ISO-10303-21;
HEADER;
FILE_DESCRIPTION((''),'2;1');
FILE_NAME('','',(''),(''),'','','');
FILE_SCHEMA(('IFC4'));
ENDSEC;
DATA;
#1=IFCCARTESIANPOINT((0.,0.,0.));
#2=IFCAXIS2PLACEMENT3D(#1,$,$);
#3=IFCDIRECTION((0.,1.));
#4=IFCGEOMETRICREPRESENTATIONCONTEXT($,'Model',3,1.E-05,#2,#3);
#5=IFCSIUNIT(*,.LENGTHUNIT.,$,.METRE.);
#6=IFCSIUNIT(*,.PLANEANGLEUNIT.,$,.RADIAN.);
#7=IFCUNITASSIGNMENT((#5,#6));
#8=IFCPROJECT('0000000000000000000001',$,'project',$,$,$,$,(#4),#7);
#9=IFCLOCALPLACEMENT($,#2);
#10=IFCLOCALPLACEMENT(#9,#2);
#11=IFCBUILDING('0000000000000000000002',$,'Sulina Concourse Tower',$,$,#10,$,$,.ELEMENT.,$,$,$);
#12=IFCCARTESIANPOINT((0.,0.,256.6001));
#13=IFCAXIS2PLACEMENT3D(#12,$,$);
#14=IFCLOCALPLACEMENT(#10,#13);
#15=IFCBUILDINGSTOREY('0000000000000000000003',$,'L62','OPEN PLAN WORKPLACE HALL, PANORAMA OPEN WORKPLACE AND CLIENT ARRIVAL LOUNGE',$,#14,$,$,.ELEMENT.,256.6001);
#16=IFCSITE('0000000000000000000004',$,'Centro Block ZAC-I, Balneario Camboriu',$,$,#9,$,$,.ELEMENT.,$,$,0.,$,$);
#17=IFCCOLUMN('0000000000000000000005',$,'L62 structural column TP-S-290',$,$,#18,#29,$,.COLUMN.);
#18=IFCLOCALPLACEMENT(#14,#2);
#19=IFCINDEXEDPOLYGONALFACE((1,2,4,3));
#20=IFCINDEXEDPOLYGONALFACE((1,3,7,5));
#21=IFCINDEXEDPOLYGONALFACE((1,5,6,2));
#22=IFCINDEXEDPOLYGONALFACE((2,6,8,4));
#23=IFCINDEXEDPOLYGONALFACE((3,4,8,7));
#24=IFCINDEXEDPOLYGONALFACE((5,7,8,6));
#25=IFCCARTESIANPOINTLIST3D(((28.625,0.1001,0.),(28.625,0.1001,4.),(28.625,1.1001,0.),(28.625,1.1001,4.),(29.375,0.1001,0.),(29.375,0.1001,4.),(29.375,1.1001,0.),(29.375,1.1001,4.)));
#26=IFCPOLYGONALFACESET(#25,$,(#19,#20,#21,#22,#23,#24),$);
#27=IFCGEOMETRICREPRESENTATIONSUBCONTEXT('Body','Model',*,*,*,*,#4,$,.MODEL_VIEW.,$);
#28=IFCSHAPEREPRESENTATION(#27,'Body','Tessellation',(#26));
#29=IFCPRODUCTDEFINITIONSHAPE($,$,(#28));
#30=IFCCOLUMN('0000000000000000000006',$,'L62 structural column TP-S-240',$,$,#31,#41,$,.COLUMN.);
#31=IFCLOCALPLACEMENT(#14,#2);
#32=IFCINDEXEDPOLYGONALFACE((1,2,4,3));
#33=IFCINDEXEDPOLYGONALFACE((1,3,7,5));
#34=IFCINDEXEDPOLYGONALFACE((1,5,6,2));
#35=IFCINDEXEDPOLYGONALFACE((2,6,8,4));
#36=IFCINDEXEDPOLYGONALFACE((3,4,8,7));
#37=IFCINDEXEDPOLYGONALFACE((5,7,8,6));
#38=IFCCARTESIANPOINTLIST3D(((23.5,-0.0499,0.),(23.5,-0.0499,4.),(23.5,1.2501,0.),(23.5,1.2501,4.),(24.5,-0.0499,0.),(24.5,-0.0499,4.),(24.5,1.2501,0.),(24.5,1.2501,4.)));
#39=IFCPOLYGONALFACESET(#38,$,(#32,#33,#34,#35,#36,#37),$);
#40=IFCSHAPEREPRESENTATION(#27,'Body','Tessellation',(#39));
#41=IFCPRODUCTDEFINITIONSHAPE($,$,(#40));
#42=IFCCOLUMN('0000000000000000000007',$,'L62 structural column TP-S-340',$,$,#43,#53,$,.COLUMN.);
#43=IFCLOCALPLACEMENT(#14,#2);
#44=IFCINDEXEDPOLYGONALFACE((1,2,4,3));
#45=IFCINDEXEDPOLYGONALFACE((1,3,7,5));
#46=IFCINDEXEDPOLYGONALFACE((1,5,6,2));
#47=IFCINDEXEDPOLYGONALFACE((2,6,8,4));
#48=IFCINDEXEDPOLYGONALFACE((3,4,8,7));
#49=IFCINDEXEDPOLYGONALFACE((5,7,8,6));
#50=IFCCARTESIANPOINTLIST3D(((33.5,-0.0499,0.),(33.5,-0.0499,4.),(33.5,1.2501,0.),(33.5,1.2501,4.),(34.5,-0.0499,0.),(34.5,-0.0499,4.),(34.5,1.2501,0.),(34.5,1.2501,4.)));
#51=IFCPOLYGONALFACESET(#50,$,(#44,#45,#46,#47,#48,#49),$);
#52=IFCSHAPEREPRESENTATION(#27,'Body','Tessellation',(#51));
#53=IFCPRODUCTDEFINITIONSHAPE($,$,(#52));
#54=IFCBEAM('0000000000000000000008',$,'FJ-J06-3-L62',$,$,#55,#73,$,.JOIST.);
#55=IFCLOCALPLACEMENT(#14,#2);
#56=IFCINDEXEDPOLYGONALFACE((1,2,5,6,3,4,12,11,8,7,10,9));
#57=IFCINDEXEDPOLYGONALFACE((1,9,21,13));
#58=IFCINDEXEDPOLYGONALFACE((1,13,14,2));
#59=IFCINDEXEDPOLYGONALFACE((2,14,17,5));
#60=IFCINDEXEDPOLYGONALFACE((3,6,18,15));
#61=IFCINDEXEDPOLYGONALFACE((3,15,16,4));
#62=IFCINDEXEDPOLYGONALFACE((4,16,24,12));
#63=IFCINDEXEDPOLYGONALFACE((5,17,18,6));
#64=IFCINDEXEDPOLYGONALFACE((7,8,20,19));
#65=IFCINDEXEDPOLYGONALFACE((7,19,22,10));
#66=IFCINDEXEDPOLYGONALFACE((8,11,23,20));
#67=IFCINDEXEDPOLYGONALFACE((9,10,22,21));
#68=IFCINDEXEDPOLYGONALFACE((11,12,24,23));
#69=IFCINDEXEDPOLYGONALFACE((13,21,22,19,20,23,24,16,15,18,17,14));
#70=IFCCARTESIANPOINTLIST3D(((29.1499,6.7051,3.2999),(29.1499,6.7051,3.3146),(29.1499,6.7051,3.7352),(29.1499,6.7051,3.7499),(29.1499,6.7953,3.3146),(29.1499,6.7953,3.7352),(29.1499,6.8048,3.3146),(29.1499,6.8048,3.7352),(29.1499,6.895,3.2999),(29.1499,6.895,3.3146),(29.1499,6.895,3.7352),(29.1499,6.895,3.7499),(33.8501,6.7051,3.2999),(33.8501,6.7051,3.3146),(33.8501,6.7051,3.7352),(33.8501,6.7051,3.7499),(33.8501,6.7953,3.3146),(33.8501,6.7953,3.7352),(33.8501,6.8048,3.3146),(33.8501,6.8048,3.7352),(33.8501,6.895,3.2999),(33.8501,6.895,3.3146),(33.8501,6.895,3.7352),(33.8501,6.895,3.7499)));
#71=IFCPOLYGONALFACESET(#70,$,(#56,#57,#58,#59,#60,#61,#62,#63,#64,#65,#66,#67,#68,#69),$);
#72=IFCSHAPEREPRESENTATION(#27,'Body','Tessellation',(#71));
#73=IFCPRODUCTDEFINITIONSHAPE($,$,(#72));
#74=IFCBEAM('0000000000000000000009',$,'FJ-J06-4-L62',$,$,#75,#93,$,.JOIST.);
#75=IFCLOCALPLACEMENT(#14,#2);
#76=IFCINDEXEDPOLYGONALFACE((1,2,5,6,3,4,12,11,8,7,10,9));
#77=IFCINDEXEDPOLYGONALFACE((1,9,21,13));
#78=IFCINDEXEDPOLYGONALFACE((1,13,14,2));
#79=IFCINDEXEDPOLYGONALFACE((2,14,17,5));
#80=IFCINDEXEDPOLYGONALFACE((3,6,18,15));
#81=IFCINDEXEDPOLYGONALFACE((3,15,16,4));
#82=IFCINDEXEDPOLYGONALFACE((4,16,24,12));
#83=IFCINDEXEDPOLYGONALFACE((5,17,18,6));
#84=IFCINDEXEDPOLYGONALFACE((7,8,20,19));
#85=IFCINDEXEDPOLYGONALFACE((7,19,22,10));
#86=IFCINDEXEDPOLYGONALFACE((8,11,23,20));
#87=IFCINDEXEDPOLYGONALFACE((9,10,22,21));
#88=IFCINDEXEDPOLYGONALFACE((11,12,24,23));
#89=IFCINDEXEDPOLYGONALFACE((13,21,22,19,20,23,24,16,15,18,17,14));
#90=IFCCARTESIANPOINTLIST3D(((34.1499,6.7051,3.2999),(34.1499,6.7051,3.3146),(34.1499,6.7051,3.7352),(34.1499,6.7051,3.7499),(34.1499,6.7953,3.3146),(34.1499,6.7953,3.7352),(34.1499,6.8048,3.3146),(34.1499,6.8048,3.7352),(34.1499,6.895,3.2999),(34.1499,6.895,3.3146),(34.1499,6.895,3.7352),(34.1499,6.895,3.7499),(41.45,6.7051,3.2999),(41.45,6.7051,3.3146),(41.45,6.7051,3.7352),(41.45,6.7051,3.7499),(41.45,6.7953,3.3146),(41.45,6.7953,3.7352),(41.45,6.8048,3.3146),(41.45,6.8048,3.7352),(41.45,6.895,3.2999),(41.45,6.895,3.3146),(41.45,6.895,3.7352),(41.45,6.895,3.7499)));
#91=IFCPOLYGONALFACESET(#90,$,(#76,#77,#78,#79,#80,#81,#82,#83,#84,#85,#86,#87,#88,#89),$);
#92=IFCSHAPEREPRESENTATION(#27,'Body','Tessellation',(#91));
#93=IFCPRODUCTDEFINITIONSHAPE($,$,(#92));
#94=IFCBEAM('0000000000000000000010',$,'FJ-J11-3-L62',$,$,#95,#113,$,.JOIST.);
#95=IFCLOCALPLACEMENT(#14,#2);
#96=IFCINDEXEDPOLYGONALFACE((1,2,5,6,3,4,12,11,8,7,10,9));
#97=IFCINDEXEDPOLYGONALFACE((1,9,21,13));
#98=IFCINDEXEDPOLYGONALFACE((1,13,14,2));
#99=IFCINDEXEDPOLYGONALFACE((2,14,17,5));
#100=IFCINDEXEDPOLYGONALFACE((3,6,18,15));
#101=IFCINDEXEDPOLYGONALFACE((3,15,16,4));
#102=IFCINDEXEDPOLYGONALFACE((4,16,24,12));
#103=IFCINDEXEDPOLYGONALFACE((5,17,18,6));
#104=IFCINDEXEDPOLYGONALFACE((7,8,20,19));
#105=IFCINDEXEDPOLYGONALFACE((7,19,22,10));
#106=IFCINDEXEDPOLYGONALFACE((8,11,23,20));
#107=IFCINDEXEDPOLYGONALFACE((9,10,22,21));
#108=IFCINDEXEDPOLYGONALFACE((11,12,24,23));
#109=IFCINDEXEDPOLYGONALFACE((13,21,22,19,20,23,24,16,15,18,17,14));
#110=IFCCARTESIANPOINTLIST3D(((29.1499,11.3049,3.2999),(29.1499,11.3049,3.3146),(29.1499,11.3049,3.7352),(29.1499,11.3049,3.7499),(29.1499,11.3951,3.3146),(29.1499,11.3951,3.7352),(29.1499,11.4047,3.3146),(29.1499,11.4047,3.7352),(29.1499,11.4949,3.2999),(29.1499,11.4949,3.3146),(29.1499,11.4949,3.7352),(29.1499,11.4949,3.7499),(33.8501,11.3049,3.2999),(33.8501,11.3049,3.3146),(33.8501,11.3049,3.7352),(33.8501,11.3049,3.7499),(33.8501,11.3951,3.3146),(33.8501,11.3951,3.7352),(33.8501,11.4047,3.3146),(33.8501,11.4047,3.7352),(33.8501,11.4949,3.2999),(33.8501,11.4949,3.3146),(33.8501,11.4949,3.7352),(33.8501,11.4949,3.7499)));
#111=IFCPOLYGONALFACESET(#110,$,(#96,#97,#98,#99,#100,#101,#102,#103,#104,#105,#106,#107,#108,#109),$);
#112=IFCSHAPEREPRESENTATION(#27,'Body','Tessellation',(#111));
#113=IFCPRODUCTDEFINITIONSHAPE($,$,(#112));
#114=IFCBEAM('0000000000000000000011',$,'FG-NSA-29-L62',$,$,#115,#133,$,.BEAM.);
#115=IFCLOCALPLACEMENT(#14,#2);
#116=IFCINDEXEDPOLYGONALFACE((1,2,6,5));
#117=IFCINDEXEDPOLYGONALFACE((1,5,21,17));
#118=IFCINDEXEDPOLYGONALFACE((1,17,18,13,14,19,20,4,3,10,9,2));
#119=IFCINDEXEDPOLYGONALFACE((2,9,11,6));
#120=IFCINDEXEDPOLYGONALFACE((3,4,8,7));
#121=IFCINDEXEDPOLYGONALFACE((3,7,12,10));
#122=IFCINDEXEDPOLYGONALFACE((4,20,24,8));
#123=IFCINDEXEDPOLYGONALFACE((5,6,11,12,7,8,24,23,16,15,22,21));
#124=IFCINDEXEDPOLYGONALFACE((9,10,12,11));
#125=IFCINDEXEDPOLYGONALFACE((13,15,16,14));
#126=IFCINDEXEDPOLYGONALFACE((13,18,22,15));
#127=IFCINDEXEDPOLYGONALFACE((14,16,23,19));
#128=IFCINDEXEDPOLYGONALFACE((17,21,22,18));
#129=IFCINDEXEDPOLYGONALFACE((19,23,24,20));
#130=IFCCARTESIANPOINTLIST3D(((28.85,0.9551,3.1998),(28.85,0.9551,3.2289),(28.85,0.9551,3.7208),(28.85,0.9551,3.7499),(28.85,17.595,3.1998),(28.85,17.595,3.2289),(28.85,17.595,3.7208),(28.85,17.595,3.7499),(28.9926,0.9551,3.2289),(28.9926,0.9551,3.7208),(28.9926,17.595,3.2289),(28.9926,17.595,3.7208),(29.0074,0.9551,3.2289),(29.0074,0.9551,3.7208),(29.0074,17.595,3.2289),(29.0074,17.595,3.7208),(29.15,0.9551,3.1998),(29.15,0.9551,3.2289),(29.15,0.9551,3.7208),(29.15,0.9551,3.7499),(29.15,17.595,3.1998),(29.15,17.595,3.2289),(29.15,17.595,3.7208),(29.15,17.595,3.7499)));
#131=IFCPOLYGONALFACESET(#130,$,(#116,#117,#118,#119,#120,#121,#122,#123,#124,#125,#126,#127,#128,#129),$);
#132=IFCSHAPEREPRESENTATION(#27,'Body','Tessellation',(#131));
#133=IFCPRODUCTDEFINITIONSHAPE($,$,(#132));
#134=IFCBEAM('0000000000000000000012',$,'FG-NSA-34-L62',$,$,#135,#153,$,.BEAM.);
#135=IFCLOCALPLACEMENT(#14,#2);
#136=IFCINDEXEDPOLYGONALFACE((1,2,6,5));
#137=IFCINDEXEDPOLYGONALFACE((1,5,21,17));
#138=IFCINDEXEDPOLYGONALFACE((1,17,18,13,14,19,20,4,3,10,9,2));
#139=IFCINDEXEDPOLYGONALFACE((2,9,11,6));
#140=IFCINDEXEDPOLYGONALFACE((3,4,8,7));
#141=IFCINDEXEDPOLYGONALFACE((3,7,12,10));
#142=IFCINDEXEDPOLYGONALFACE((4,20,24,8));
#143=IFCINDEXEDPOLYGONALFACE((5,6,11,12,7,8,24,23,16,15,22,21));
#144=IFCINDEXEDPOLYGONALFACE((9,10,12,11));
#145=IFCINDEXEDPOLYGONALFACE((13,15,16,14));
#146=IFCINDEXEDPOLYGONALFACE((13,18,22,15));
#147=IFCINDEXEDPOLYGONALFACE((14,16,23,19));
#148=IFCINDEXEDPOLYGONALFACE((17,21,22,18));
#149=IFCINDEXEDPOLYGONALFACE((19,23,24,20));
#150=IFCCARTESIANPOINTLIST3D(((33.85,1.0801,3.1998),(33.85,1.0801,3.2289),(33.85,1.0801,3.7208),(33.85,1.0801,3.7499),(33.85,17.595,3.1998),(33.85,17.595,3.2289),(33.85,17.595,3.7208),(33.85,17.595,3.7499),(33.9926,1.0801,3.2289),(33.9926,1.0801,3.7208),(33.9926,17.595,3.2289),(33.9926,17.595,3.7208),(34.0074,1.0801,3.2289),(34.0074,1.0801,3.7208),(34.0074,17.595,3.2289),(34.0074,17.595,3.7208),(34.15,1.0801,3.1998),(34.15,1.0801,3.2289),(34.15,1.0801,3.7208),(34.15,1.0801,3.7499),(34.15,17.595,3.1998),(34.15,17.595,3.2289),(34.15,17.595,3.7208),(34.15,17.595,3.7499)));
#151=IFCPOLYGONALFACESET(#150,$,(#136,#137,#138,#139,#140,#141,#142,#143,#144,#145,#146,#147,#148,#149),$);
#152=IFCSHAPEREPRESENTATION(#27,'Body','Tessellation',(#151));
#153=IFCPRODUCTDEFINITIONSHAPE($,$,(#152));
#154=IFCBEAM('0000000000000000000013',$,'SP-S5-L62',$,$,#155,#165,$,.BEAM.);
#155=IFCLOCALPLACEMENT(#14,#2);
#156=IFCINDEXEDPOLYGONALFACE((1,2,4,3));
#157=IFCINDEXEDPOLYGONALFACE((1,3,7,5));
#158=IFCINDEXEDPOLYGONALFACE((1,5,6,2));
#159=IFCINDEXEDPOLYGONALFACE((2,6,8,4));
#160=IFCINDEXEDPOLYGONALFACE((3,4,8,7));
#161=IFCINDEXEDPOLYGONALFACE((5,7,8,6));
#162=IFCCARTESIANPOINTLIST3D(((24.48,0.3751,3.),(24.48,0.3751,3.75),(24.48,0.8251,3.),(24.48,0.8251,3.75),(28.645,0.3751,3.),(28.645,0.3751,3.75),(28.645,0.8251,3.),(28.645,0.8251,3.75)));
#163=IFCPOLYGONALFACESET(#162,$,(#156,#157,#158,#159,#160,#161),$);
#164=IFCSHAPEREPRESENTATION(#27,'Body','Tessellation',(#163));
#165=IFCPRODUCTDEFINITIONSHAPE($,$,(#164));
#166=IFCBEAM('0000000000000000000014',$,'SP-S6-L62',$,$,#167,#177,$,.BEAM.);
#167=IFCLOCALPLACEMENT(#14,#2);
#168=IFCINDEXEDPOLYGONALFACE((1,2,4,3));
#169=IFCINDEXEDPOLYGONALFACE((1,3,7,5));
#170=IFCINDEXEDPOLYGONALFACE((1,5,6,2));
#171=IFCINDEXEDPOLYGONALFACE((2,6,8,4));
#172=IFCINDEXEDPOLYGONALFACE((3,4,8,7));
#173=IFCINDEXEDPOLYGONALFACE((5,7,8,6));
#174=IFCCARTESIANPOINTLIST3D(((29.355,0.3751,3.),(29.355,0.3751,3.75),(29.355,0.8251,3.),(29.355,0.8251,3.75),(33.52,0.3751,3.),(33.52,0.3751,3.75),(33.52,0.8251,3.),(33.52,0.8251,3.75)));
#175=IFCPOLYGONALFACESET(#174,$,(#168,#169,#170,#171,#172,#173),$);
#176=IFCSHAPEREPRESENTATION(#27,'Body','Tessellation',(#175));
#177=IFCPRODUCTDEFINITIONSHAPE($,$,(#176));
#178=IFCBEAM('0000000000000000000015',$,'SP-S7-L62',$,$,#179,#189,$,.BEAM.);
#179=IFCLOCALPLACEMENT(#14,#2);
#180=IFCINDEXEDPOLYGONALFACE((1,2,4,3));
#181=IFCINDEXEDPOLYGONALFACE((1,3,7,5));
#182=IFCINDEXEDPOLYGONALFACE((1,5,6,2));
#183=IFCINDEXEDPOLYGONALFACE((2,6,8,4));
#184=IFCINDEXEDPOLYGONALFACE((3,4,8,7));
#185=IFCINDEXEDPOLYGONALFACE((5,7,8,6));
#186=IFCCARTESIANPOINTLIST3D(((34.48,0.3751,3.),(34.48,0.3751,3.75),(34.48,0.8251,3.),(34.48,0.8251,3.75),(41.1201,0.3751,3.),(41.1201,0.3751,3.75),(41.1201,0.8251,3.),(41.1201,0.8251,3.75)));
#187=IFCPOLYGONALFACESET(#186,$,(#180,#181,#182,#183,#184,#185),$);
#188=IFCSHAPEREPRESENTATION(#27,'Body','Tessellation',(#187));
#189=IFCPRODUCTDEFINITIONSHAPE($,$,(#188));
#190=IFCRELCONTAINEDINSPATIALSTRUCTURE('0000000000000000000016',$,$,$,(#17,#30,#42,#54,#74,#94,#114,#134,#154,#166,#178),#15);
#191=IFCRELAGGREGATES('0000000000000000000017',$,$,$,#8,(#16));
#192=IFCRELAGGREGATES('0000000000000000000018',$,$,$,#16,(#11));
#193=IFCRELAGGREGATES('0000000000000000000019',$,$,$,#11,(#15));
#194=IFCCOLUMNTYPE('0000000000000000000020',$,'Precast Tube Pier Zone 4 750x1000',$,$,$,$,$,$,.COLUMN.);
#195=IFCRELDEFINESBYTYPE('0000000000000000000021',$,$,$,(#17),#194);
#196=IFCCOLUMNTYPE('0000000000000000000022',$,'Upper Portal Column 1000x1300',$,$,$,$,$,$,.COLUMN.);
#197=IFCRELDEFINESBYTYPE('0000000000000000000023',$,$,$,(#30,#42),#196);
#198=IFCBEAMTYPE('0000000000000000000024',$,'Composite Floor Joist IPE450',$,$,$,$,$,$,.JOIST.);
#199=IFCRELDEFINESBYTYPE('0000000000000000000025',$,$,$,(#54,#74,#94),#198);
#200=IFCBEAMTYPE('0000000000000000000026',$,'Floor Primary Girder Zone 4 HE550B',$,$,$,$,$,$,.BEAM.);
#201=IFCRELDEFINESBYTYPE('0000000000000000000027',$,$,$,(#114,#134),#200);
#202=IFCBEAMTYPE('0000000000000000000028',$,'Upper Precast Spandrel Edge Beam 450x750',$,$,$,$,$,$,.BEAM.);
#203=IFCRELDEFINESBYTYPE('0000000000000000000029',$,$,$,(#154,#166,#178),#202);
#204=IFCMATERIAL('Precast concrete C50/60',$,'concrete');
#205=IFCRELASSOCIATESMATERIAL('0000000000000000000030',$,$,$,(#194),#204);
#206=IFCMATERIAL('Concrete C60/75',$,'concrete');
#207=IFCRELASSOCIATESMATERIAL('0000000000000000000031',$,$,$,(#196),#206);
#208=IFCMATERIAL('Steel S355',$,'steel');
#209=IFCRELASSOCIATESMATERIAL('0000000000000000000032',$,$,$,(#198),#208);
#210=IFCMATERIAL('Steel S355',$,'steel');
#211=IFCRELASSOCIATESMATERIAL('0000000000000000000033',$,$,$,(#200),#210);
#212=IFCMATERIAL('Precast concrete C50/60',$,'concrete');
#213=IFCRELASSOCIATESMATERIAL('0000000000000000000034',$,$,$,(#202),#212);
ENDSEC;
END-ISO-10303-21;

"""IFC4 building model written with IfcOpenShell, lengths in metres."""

from ifc_helpers import new_model, si_unit, direction, frame, origin, origin_2d, place, context, subcontext, project, spatial, rectangle, i_section, extrude, material, material_profile, profile_set, type_object, element, save


model = new_model("IFC4")

# Units and contexts
model_context = context("Model", 3, precision=1e-05, world=origin(), true_north=direction((0.0, 1.0)))
body_context = subcontext(model_context, "Body", "Model", "MODEL_VIEW")
ifc_project = project(units=[si_unit("LENGTHUNIT", "METRE"), si_unit("PLANEANGLEUNIT", "RADIAN")], contexts=[model_context])

# Site, building, storey
site_placement = place(None, origin())
site = spatial("IfcSite", under=ifc_project, at=site_placement, Name="Centro Block ZAC-I, Balneario Camboriu", CompositionType="ELEMENT", RefElevation=0.0)
building_placement = place(site_placement, origin())
building = spatial("IfcBuilding", under=site, at=building_placement, Name="Sulina Concourse Tower", CompositionType="ELEMENT")
storey_placement = place(building_placement, frame((0.0, 0.0, 256.6001)))
storey = spatial("IfcBuildingStorey", under=building, at=storey_placement, Name="L62", Description="OPEN PLAN WORKPLACE HALL, PANORAMA OPEN WORKPLACE AND CLIENT ARRIVAL LOUNGE", CompositionType="ELEMENT", Elevation=256.6001)

# Columns
ifc_material_1 = material(Name="Precast concrete C50/60", Category="concrete")
ifc_material_profile_1 = material_profile(ifc_material_1, rectangle(XDim=0.75, YDim=1.0, at=origin_2d()), Name="PC 750x1000")
ifc_profile_set_1 = profile_set([ifc_material_profile_1], Name="Precast concrete C50/60")
column_type_1 = type_object("IfcColumnType", Name="Precast Tube Pier Zone 4 750x1000", PredefinedType="COLUMN", material=ifc_profile_set_1)
column_placement = place(storey_placement, frame((29.0, 0.6001, 0.0), z_axis=(0.0, 0.0, 1.0), x_axis=(1.0, 0.0, 0.0)))
element("IfcColumn", 1, at=column_placement, inside=storey, type_object=column_type_1, Name="L62 structural column TP-S-290", PredefinedType="COLUMN", context=body_context, shape_type="SweptSolid", body=[
    extrude(rectangle(XDim=0.75, YDim=1.0, at=origin_2d()), origin(), (0.0, 0.0, 1.0), 4.0),
])
ifc_material_2 = material(Name="Concrete C60/75", Category="concrete")
ifc_material_profile_2 = material_profile(ifc_material_2, rectangle(XDim=1.0, YDim=1.3, at=origin_2d()), Name="RC 1000x1300")
ifc_profile_set_2 = profile_set([ifc_material_profile_2], Name="Concrete C60/75")
column_type_2 = type_object("IfcColumnType", Name="Upper Portal Column 1000x1300", PredefinedType="COLUMN", material=ifc_profile_set_2)
for number, where, z_axis, x_axis, name in (
    (2, (24.0, 0.6001, 0.0), (0.0, 0.0, 1.0), (1.0, 0.0, 0.0), "L62 structural column TP-S-240"),
    (3, (34.0, 0.6001, 0.0), (0.0, 0.0, 1.0), (1.0, 0.0, 0.0), "L62 structural column TP-S-340"),
):
    element("IfcColumn", number, at=place(storey_placement, frame(where, z_axis=z_axis, x_axis=x_axis)), inside=storey, type_object=column_type_2, Name=name, PredefinedType="COLUMN", context=body_context, shape_type="SweptSolid", body=[
        extrude(rectangle(XDim=1.0, YDim=1.3, at=origin_2d()), origin(), (0.0, 0.0, 1.0), 4.0),
    ])

# Beams
ifc_material_3 = material(Name="Steel S355", Category="steel")
ifc_material_profile_3 = material_profile(ifc_material_3, i_section(OverallWidth=0.1899, OverallDepth=0.45, WebThickness=0.0095, FlangeThickness=0.0146, at=origin_2d()), Name="IPE 450")
ifc_profile_set_3 = profile_set([ifc_material_profile_3], Name="Steel S355")
beam_type_1 = type_object("IfcBeamType", Name="Composite Floor Joist IPE450", PredefinedType="JOIST", material=ifc_profile_set_3)
beam_1_placement = place(storey_placement, frame((29.1499, 6.8, 3.5249), z_axis=(1.0, 0.0, 0.0), x_axis=(0.0, 1.0, 0.0)))
element("IfcBeam", 4, at=beam_1_placement, inside=storey, type_object=beam_type_1, Name="FJ-J06-3-L62", PredefinedType="JOIST", context=body_context, shape_type="SweptSolid", body=[
    extrude(i_section(OverallWidth=0.1899, OverallDepth=0.45, WebThickness=0.0095, FlangeThickness=0.0146, at=origin_2d()), origin(), (0.0, 0.0, 1.0), 4.7002),
])
beam_2_placement = place(storey_placement, frame((34.1499, 6.8, 3.5249), z_axis=(1.0, 0.0, 0.0), x_axis=(0.0, 1.0, 0.0)))
element("IfcBeam", 5, at=beam_2_placement, inside=storey, type_object=beam_type_1, Name="FJ-J06-4-L62", PredefinedType="JOIST", context=body_context, shape_type="SweptSolid", body=[
    extrude(i_section(OverallWidth=0.1899, OverallDepth=0.45, WebThickness=0.0095, FlangeThickness=0.0146, at=origin_2d()), origin(), (0.0, 0.0, 1.0), 7.3),
])
beam_3_placement = place(storey_placement, frame((29.1499, 11.3999, 3.5249), z_axis=(1.0, 0.0, 0.0), x_axis=(0.0, 1.0, 0.0)))
element("IfcBeam", 6, at=beam_3_placement, inside=storey, type_object=beam_type_1, Name="FJ-J11-3-L62", PredefinedType="JOIST", context=body_context, shape_type="SweptSolid", body=[
    extrude(i_section(OverallWidth=0.1899, OverallDepth=0.45, WebThickness=0.0095, FlangeThickness=0.0146, at=origin_2d()), origin(), (0.0, 0.0, 1.0), 4.7002),
])
ifc_material_4 = material(Name="Steel S355", Category="steel")
ifc_material_profile_4 = material_profile(ifc_material_4, i_section(OverallWidth=0.3, OverallDepth=0.55, WebThickness=0.0149, FlangeThickness=0.0291, at=origin_2d()), Name="HE 550 B")
ifc_profile_set_4 = profile_set([ifc_material_profile_4], Name="Steel S355")
beam_type_2 = type_object("IfcBeamType", Name="Floor Primary Girder Zone 4 HE550B", PredefinedType="BEAM", material=ifc_profile_set_4)
beam_4_placement = place(storey_placement, frame((29.0, 0.9551, 3.4749), z_axis=(0.0, 1.0, 0.0), x_axis=(-1.0, 0.0, 0.0)))
element("IfcBeam", 7, at=beam_4_placement, inside=storey, type_object=beam_type_2, Name="FG-NSA-29-L62", PredefinedType="BEAM", context=body_context, shape_type="SweptSolid", body=[
    extrude(i_section(OverallWidth=0.3, OverallDepth=0.55, WebThickness=0.0149, FlangeThickness=0.0291, at=origin_2d()), origin(), (0.0, 0.0, 1.0), 16.6399),
])
beam_5_placement = place(storey_placement, frame((34.0, 1.0801, 3.4749), z_axis=(0.0, 1.0, 0.0), x_axis=(-1.0, 0.0, 0.0)))
element("IfcBeam", 8, at=beam_5_placement, inside=storey, type_object=beam_type_2, Name="FG-NSA-34-L62", PredefinedType="BEAM", context=body_context, shape_type="SweptSolid", body=[
    extrude(i_section(OverallWidth=0.3, OverallDepth=0.55, WebThickness=0.0149, FlangeThickness=0.0291, at=origin_2d()), origin(), (0.0, 0.0, 1.0), 16.5149),
])
ifc_material_5 = material(Name="Precast concrete C50/60", Category="concrete")
ifc_material_profile_5 = material_profile(ifc_material_5, rectangle(XDim=0.45, YDim=0.75, at=origin_2d()), Name="RC 450x750")
ifc_profile_set_5 = profile_set([ifc_material_profile_5], Name="Precast concrete C50/60")
beam_type_3 = type_object("IfcBeamType", Name="Upper Precast Spandrel Edge Beam 450x750", PredefinedType="BEAM", material=ifc_profile_set_5)
for number, where, z_axis, x_axis, name in (
    (9, (24.48, 0.6001, 3.375), (1.0, 0.0, 0.0), (0.0, 1.0, 0.0), "SP-S5-L62"),
    (10, (29.355, 0.6001, 3.375), (1.0, 0.0, 0.0), (0.0, 1.0, 0.0), "SP-S6-L62"),
):
    element("IfcBeam", number, at=place(storey_placement, frame(where, z_axis=z_axis, x_axis=x_axis)), inside=storey, type_object=beam_type_3, Name=name, PredefinedType="BEAM", context=body_context, shape_type="SweptSolid", body=[
        extrude(rectangle(XDim=0.45, YDim=0.75, at=origin_2d()), origin(), (0.0, 0.0, 1.0), 4.165),
    ])
beam_6_placement = place(storey_placement, frame((34.48, 0.6001, 3.375), z_axis=(1.0, 0.0, 0.0), x_axis=(0.0, 1.0, 0.0)))
element("IfcBeam", 11, at=beam_6_placement, inside=storey, type_object=beam_type_3, Name="SP-S7-L62", PredefinedType="BEAM", context=body_context, shape_type="SweptSolid", body=[
    extrude(rectangle(XDim=0.45, YDim=0.75, at=origin_2d()), origin(), (0.0, 0.0, 1.0), 6.6401),
])

save(model, "model.ifc")
